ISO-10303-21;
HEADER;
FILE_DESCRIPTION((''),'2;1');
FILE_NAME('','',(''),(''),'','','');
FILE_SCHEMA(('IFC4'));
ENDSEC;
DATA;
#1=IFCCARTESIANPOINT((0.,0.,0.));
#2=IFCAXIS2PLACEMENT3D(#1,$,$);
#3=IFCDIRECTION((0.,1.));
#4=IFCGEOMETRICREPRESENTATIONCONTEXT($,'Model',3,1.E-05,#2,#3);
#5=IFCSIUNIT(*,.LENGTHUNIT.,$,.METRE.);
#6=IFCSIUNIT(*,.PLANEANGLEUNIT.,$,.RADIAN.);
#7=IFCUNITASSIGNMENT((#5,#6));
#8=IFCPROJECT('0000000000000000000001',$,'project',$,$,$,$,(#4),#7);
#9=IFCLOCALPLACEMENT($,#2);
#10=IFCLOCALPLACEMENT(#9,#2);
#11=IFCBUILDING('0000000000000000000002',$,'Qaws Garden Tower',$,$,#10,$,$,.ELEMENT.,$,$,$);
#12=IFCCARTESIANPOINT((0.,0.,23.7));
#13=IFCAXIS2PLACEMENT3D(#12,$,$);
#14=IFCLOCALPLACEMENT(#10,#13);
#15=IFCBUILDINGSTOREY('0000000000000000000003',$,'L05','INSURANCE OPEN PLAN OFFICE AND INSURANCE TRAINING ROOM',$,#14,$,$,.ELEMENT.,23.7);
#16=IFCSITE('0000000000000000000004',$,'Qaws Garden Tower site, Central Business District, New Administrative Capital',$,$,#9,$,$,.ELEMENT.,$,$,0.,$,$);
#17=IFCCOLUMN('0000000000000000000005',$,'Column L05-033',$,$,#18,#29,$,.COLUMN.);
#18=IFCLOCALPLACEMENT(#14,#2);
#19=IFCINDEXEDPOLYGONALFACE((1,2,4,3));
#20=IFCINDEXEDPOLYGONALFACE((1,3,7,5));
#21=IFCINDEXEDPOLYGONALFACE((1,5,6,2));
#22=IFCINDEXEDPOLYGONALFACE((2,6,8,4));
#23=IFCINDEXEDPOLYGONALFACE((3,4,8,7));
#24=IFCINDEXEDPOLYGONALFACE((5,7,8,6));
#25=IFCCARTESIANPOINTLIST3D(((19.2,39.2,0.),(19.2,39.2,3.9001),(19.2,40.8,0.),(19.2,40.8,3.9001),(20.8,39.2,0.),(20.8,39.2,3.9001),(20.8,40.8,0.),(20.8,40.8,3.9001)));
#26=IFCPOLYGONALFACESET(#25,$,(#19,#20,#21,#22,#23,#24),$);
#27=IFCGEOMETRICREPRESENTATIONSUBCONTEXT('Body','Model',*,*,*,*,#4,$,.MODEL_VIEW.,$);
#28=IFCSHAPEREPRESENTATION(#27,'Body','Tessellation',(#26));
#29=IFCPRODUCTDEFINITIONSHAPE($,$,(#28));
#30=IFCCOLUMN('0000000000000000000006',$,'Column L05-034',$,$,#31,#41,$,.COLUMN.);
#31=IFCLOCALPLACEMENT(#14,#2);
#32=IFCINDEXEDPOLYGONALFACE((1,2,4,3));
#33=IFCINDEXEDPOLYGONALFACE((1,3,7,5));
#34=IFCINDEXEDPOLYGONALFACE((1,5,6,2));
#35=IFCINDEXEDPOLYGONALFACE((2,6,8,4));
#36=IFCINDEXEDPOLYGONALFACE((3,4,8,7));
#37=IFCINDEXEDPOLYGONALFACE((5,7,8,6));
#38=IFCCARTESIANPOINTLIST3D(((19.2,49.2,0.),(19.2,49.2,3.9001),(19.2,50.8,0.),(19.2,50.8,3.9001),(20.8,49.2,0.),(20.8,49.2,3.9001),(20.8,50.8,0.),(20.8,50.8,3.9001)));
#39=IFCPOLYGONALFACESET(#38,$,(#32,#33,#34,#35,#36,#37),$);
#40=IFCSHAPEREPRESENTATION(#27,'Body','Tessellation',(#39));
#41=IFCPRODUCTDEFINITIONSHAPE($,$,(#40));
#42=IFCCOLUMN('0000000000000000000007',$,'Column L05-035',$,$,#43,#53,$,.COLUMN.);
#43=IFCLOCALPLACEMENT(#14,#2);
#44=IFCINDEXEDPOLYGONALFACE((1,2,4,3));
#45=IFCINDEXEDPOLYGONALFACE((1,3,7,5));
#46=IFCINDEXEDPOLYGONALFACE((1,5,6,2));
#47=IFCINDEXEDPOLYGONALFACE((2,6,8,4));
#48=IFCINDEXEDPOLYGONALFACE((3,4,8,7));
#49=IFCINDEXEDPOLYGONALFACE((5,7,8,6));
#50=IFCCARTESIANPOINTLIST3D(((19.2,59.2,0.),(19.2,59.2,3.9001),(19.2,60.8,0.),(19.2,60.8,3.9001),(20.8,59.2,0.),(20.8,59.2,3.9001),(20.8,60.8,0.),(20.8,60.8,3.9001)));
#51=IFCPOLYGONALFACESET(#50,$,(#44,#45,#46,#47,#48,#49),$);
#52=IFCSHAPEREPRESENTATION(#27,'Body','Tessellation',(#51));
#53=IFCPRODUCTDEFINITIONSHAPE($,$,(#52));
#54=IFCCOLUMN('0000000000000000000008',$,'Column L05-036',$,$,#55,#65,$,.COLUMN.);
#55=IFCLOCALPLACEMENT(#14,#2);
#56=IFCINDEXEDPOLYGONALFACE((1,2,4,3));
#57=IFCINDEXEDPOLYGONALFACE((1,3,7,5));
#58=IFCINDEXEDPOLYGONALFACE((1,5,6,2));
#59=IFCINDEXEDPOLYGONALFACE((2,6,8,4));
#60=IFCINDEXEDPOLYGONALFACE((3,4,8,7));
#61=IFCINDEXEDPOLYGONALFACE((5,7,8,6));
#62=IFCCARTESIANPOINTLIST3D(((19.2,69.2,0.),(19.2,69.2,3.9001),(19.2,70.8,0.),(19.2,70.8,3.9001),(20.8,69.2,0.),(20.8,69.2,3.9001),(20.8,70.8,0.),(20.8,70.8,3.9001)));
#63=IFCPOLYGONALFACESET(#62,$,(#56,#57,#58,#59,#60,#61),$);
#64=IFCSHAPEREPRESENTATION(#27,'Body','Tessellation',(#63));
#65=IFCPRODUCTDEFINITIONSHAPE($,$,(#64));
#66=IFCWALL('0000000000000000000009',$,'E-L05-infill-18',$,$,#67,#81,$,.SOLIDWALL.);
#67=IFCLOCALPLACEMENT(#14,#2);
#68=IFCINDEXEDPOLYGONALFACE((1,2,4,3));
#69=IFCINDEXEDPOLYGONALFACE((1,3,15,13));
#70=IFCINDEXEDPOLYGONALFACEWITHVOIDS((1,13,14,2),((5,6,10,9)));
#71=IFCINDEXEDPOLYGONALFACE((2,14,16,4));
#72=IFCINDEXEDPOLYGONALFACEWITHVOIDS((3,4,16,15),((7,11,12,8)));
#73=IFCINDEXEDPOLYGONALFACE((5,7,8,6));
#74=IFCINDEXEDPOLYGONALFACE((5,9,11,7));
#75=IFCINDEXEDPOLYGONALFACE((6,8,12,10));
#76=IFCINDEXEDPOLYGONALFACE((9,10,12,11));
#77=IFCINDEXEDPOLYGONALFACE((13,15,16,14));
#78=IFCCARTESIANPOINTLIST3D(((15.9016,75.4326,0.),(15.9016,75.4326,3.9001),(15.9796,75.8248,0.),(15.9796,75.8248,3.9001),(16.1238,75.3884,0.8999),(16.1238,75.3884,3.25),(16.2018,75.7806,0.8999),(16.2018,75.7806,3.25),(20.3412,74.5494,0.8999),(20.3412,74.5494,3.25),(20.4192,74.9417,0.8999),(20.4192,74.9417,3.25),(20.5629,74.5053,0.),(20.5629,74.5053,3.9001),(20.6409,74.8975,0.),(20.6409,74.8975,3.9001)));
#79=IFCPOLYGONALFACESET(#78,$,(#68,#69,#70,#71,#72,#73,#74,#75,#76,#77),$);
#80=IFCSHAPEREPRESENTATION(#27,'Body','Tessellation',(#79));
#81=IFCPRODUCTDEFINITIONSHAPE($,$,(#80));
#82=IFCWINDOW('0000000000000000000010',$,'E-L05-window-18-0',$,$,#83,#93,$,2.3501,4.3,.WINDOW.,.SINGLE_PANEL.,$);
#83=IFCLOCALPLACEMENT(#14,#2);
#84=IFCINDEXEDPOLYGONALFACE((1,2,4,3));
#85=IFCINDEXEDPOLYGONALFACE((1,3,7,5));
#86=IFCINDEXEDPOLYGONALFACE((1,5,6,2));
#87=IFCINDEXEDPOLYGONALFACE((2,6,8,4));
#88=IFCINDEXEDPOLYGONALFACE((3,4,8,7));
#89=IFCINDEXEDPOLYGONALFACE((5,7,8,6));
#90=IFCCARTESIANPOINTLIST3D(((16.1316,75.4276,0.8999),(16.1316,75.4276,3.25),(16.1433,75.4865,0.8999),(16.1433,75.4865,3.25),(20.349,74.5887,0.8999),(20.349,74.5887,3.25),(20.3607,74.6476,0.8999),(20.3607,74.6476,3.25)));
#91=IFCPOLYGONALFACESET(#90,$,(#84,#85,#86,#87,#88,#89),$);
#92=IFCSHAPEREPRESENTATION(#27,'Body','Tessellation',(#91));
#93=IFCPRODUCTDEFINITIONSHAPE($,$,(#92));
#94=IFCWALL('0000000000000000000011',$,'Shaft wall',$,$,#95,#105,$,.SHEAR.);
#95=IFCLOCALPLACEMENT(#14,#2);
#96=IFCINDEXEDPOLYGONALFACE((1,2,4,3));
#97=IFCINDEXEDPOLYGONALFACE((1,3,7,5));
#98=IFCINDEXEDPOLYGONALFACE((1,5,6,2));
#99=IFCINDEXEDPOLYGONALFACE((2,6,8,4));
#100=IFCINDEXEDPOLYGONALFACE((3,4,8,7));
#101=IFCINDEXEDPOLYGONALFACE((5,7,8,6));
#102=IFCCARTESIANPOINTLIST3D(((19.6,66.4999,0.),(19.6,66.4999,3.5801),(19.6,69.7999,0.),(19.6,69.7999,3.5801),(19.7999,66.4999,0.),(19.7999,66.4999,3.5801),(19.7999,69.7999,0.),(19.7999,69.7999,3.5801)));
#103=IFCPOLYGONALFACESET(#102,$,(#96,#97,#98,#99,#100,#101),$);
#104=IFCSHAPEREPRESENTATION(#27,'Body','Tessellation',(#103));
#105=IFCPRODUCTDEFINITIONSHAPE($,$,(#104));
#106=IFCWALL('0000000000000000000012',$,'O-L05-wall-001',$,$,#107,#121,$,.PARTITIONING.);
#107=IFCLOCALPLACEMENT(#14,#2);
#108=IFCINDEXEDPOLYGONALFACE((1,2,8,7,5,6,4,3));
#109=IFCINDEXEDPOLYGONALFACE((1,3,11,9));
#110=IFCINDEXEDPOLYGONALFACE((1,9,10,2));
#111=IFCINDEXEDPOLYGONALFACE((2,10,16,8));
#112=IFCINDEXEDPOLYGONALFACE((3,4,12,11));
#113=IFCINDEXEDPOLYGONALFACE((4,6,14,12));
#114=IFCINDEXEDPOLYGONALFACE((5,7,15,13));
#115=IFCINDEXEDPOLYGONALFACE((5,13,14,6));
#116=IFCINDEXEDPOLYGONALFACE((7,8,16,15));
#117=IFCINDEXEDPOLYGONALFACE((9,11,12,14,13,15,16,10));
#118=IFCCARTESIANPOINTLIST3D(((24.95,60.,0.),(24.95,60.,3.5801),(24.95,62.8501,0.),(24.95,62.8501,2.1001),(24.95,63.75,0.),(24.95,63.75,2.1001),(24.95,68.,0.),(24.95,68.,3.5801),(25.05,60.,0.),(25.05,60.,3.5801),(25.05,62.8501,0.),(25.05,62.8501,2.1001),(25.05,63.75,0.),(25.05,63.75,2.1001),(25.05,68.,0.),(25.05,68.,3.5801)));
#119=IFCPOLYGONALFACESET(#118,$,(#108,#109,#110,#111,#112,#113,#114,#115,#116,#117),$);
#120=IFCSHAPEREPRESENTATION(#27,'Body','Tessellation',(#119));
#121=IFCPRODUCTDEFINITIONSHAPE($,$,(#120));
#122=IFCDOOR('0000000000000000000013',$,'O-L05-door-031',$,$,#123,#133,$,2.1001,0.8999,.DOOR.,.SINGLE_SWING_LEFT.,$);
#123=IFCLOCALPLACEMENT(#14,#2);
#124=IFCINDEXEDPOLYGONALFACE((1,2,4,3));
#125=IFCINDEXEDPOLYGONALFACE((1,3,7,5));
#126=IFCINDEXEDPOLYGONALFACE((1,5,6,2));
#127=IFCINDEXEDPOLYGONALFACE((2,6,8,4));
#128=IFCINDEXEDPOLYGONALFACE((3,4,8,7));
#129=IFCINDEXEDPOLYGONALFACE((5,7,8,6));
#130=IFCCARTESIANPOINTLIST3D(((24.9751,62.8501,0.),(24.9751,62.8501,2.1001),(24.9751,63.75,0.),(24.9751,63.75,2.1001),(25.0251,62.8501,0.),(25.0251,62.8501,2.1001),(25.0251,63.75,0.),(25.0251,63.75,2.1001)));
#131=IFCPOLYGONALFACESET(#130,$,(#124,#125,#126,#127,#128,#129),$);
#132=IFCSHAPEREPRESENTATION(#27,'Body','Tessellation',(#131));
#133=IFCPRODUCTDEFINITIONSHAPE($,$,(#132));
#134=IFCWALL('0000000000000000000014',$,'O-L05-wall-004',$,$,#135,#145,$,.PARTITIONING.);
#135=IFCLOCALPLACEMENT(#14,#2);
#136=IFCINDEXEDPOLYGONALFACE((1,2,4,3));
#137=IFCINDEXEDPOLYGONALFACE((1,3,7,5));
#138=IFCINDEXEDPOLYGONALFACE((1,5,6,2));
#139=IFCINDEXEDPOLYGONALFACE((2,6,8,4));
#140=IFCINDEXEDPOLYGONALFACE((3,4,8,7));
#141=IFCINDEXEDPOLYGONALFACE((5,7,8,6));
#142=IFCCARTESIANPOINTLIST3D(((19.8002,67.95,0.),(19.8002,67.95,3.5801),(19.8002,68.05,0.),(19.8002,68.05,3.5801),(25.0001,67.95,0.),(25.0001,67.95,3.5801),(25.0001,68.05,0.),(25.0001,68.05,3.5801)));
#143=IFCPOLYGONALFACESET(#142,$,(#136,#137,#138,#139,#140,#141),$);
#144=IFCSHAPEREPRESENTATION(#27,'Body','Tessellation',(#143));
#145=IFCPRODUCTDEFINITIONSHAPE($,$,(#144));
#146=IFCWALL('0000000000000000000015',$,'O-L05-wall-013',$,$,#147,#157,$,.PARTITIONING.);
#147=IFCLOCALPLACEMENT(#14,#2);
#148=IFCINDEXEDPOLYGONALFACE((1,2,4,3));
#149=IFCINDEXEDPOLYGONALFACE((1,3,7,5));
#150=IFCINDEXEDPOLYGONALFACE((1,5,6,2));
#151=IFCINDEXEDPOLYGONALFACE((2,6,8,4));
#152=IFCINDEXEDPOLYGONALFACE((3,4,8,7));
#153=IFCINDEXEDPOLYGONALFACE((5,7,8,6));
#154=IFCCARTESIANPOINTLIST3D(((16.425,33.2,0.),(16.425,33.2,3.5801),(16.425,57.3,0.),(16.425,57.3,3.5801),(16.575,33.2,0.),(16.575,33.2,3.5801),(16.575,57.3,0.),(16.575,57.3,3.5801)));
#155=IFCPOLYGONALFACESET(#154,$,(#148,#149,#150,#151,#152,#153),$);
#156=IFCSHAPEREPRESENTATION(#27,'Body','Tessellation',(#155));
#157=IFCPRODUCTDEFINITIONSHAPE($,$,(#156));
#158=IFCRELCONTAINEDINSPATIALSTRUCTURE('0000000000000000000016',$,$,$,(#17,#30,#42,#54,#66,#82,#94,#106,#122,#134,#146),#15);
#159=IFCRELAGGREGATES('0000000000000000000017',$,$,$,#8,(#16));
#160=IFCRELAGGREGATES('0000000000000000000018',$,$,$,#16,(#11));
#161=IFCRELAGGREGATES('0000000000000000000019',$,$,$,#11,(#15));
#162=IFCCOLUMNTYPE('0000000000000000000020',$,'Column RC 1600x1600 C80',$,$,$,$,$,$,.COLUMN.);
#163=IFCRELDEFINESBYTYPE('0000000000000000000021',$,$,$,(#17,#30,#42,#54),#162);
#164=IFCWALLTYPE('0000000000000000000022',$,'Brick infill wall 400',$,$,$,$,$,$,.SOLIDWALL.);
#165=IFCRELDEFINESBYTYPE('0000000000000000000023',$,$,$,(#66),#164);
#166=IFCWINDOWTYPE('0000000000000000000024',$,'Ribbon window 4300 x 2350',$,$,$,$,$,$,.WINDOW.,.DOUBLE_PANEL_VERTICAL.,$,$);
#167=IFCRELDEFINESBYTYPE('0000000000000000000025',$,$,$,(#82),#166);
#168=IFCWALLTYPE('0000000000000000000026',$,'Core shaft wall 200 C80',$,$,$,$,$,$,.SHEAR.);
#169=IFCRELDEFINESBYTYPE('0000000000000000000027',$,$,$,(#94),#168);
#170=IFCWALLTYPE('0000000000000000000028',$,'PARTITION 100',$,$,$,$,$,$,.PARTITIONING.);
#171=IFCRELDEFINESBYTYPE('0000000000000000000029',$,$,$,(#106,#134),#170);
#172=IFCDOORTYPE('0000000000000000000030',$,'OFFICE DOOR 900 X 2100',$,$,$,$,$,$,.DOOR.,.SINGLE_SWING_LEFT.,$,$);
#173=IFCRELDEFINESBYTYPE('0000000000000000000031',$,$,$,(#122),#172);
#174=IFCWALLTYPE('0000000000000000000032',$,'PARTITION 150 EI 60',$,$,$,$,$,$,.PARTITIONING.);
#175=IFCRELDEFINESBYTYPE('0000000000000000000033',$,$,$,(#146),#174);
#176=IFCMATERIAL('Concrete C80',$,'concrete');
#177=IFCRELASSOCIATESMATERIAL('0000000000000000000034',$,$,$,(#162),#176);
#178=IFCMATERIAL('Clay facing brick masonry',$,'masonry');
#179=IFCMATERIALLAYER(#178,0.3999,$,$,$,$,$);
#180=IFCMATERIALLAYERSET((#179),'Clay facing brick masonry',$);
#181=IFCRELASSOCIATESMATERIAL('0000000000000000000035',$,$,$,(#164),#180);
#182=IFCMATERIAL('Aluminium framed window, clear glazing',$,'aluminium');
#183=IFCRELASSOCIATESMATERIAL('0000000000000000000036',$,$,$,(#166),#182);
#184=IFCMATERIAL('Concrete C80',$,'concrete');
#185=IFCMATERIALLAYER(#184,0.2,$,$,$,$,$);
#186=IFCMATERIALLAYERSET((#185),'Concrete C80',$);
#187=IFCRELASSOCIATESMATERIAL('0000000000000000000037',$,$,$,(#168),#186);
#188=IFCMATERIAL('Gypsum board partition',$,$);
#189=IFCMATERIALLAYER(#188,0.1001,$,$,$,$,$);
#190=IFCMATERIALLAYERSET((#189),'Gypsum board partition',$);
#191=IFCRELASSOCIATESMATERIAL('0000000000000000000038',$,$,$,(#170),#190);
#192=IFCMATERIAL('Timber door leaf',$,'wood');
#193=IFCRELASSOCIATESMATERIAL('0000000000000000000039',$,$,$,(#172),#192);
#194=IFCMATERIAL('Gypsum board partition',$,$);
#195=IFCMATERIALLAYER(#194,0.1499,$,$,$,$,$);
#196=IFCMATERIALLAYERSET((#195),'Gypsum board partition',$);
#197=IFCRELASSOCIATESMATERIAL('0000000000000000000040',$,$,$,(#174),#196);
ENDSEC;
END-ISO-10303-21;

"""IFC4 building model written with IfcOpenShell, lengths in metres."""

from ifc_helpers import new_model, si_unit, direction, frame, frame_2d, origin, origin_2d, place, context, subcontext, project, spatial, rectangle, extrude, material, layer, layer_set, material_profile, profile_set, type_object, element, fill, save


model = new_model("IFC4")

# Units and contexts
model_context = context("Model", 3, precision=1e-05, world=origin(), true_north=direction((0.0, 1.0)))
body_context = subcontext(model_context, "Body", "Model", "MODEL_VIEW")
ifc_project = project(units=[si_unit("LENGTHUNIT", "METRE"), si_unit("PLANEANGLEUNIT", "RADIAN")], contexts=[model_context])

# Site, building, storey
site_placement = place(None, origin())
site = spatial("IfcSite", under=ifc_project, at=site_placement, Name="Qaws Garden Tower site, Central Business District, New Administrative Capital", CompositionType="ELEMENT", RefElevation=0.0)
building_placement = place(site_placement, origin())
building = spatial("IfcBuilding", under=site, at=building_placement, Name="Qaws Garden Tower", CompositionType="ELEMENT")
storey_placement = place(building_placement, frame((0.0, 0.0, 23.7)))
storey = spatial("IfcBuildingStorey", under=building, at=storey_placement, Name="L05", Description="INSURANCE OPEN PLAN OFFICE AND INSURANCE TRAINING ROOM", CompositionType="ELEMENT", Elevation=23.7)

# Columns
ifc_material_1 = material(Name="Concrete C80", Category="concrete")
ifc_material_profile = material_profile(ifc_material_1, rectangle(XDim=1.6001, YDim=1.6001, at=origin_2d()), Name="RC 1600x1600")
ifc_profile_set = profile_set([ifc_material_profile], Name="Concrete C80")
column_type = type_object("IfcColumnType", Name="Column RC 1600x1600 C80", PredefinedType="COLUMN", material=ifc_profile_set)
for number, where, z_axis, x_axis, name in (
    (1, (20.0, 40.0, 0.0), (0.0, 0.0, 1.0), (1.0, 0.0, 0.0), "Column L05-033"),
    (2, (20.0, 50.0, 0.0), (0.0, 0.0, 1.0), (1.0, 0.0, 0.0), "Column L05-034"),
    (3, (20.0, 60.0, 0.0), (0.0, 0.0, 1.0), (1.0, 0.0, 0.0), "Column L05-035"),
    (4, (20.0, 70.0, 0.0), (0.0, 0.0, 1.0), (1.0, 0.0, 0.0), "Column L05-036"),
):
    element("IfcColumn", number, at=place(storey_placement, frame(where, z_axis=z_axis, x_axis=x_axis)), inside=storey, type_object=column_type, Name=name, PredefinedType="COLUMN", context=body_context, shape_type="SweptSolid", body=[
        extrude(rectangle(XDim=1.6001, YDim=1.6001, at=origin_2d()), origin(), (0.0, 0.0, 1.0), 3.9001),
    ])

# Wall, opening, window
ifc_material_2 = material(Name="Clay facing brick masonry", Category="masonry")
ifc_layer_1 = layer(ifc_material_2, 0.3999)
ifc_layer_set_1 = layer_set([ifc_layer_1], Name="Clay facing brick masonry")
wall_type_1 = type_object("IfcWallType", Name="Brick infill wall 400", PredefinedType="SOLIDWALL", material=ifc_layer_set_1)
wall_1_placement = place(storey_placement, frame((20.6021, 74.7014, 0.0), z_axis=(0.0, 0.0, 1.0), x_axis=(-0.980784, 0.195099, 0.0)))
wall_1 = element("IfcWall", 5, at=wall_1_placement, inside=storey, type_object=wall_type_1, Name="E-L05-infill-18", PredefinedType="SOLIDWALL", context=body_context, shape_type="SweptSolid", body=[
    extrude(rectangle(XDim=4.7527, YDim=0.3999, at=frame_2d((2.3765, 0.0))), origin(), (0.0, 0.0, 1.0), 3.9001),
])
opening_1_placement = place(wall_1_placement, frame((0.2263, 0.0, 0.8999)))
opening_1 = element("IfcOpeningElement", 6, at=opening_1_placement, cuts=wall_1, PredefinedType="OPENING", context=body_context, shape_type="SweptSolid", body=[
    extrude(rectangle(XDim=4.3, YDim=2.3501, at=frame_2d((2.1499, 1.175))), frame((0.0, 0.21, 0.0), z_axis=(0.0, -1.0, 0.0), x_axis=(1.0, 0.0, 0.0)), (0.0, 0.0, 1.0), 0.4199),
])
ifc_material_3 = material(Name="Aluminium framed window, clear glazing", Category="aluminium")
window_type = type_object("IfcWindowType", Name="Ribbon window 4300 x 2350", PartitioningType="DOUBLE_PANEL_VERTICAL", PredefinedType="WINDOW", material=ifc_material_3)
window_placement = place(opening_1_placement, origin())
window = element("IfcWindow", 7, at=window_placement, inside=storey, type_object=window_type, Name="E-L05-window-18-0", OverallHeight=2.3501, OverallWidth=4.3, PartitioningType="SINGLE_PANEL", PredefinedType="WINDOW", context=body_context, shape_type="SweptSolid", body=[
    extrude(rectangle(XDim=4.3, YDim=2.3501, at=frame_2d((2.1499, 1.175))), frame((0.0, 0.1599, 0.0), z_axis=(0.0, -1.0, 0.0), x_axis=(1.0, 0.0, 0.0)), (0.0, 0.0, 1.0), 0.0601),
])
fill(opening_1, window)

# Wall
ifc_material_4 = material(Name="Concrete C80", Category="concrete")
ifc_layer_2 = layer(ifc_material_4, 0.2)
ifc_layer_set_2 = layer_set([ifc_layer_2], Name="Concrete C80")
wall_type_2 = type_object("IfcWallType", Name="Core shaft wall 200 C80", PredefinedType="SHEAR", material=ifc_layer_set_2)
wall_2_placement = place(storey_placement, frame((19.7, 66.5, 0.0), z_axis=(0.0, 0.0, 1.0), x_axis=(0.0, 1.0, 0.0)))
element("IfcWall", 8, at=wall_2_placement, inside=storey, type_object=wall_type_2, Name="Shaft wall", PredefinedType="SHEAR", context=body_context, shape_type="SweptSolid", body=[
    extrude(rectangle(XDim=3.3, YDim=0.2, at=frame_2d((1.6499, 0.0))), origin(), (0.0, 0.0, 1.0), 3.5801),
])

# Wall, opening, door
ifc_material_5 = material(Name="Gypsum board partition")
ifc_layer_3 = layer(ifc_material_5, 0.1001)
ifc_layer_set_3 = layer_set([ifc_layer_3], Name="Gypsum board partition")
wall_type_3 = type_object("IfcWallType", Name="PARTITION 100", PredefinedType="PARTITIONING", material=ifc_layer_set_3)
wall_3_placement = place(storey_placement, frame((25.0, 60.0, 0.0), z_axis=(0.0, 0.0, 1.0), x_axis=(0.0, 1.0, 0.0)))
wall_3 = element("IfcWall", 9, at=wall_3_placement, inside=storey, type_object=wall_type_3, Name="O-L05-wall-001", PredefinedType="PARTITIONING", context=body_context, shape_type="SweptSolid", body=[
    extrude(rectangle(XDim=8.0, YDim=0.1001, at=frame_2d((4.0, 0.0))), origin(), (0.0, 0.0, 1.0), 3.5801),
])
opening_2_placement = place(wall_3_placement, frame((2.8501, 0.0, 0.0)))
opening_2 = element("IfcOpeningElement", 10, at=opening_2_placement, cuts=wall_3, PredefinedType="OPENING", context=body_context, shape_type="SweptSolid", body=[
    extrude(rectangle(XDim=0.8999, YDim=2.1001, at=frame_2d((0.45, 1.05))), frame((0.0, 0.0601, 0.0), z_axis=(0.0, -1.0, 0.0), x_axis=(1.0, 0.0, 0.0)), (0.0, 0.0, 1.0), 0.1201),
])
ifc_material_6 = material(Name="Timber door leaf", Category="wood")
door_type_1 = type_object("IfcDoorType", Name="OFFICE DOOR 900 X 2100", OperationType="SINGLE_SWING_LEFT", PredefinedType="DOOR", material=ifc_material_6)
door_1_placement = place(opening_2_placement, origin())
door_1 = element("IfcDoor", 11, at=door_1_placement, inside=storey, type_object=door_type_1, Name="O-L05-door-031", OperationType="SINGLE_SWING_LEFT", OverallHeight=2.1001, OverallWidth=0.8999, PredefinedType="DOOR", context=body_context, shape_type="SweptSolid", body=[
    extrude(rectangle(XDim=0.8999, YDim=2.1001, at=frame_2d((0.45, 1.05))), frame((0.0, 0.0249, 0.0), z_axis=(0.0, -1.0, 0.0), x_axis=(1.0, 0.0, 0.0)), (0.0, 0.0, 1.0), 0.05),
])
fill(opening_2, door_1)

# Walls
wall_4_placement = place(storey_placement, frame((19.8, 68.0, 0.0), z_axis=(0.0, 0.0, 1.0), x_axis=(1.0, 0.0, 0.0)))
element("IfcWall", 12, at=wall_4_placement, inside=storey, type_object=wall_type_3, Name="O-L05-wall-004", PredefinedType="PARTITIONING", context=body_context, shape_type="SweptSolid", body=[
    extrude(rectangle(XDim=5.2, YDim=0.1001, at=frame_2d((2.6001, 0.0))), origin(), (0.0, 0.0, 1.0), 3.5801),
])
ifc_material_7 = material(Name="Gypsum board partition")
ifc_layer_4 = layer(ifc_material_7, 0.1499)
ifc_layer_set_4 = layer_set([ifc_layer_4], Name="Gypsum board partition")
wall_type_4 = type_object("IfcWallType", Name="PARTITION 150 EI 60", PredefinedType="PARTITIONING", material=ifc_layer_set_4)
wall_5_placement = place(storey_placement, frame((16.5, 33.2, 0.0), z_axis=(0.0, 0.0, 1.0), x_axis=(0.0, 1.0, 0.0)))
element("IfcWall", 13, at=wall_5_placement, inside=storey, type_object=wall_type_4, Name="O-L05-wall-013", PredefinedType="PARTITIONING", context=body_context, shape_type="SweptSolid", body=[
    extrude(rectangle(XDim=24.1001, YDim=0.1499, at=frame_2d((12.05, 0.0))), origin(), (0.0, 0.0, 1.0), 3.5801),
])

save(model, "model.ifc")
